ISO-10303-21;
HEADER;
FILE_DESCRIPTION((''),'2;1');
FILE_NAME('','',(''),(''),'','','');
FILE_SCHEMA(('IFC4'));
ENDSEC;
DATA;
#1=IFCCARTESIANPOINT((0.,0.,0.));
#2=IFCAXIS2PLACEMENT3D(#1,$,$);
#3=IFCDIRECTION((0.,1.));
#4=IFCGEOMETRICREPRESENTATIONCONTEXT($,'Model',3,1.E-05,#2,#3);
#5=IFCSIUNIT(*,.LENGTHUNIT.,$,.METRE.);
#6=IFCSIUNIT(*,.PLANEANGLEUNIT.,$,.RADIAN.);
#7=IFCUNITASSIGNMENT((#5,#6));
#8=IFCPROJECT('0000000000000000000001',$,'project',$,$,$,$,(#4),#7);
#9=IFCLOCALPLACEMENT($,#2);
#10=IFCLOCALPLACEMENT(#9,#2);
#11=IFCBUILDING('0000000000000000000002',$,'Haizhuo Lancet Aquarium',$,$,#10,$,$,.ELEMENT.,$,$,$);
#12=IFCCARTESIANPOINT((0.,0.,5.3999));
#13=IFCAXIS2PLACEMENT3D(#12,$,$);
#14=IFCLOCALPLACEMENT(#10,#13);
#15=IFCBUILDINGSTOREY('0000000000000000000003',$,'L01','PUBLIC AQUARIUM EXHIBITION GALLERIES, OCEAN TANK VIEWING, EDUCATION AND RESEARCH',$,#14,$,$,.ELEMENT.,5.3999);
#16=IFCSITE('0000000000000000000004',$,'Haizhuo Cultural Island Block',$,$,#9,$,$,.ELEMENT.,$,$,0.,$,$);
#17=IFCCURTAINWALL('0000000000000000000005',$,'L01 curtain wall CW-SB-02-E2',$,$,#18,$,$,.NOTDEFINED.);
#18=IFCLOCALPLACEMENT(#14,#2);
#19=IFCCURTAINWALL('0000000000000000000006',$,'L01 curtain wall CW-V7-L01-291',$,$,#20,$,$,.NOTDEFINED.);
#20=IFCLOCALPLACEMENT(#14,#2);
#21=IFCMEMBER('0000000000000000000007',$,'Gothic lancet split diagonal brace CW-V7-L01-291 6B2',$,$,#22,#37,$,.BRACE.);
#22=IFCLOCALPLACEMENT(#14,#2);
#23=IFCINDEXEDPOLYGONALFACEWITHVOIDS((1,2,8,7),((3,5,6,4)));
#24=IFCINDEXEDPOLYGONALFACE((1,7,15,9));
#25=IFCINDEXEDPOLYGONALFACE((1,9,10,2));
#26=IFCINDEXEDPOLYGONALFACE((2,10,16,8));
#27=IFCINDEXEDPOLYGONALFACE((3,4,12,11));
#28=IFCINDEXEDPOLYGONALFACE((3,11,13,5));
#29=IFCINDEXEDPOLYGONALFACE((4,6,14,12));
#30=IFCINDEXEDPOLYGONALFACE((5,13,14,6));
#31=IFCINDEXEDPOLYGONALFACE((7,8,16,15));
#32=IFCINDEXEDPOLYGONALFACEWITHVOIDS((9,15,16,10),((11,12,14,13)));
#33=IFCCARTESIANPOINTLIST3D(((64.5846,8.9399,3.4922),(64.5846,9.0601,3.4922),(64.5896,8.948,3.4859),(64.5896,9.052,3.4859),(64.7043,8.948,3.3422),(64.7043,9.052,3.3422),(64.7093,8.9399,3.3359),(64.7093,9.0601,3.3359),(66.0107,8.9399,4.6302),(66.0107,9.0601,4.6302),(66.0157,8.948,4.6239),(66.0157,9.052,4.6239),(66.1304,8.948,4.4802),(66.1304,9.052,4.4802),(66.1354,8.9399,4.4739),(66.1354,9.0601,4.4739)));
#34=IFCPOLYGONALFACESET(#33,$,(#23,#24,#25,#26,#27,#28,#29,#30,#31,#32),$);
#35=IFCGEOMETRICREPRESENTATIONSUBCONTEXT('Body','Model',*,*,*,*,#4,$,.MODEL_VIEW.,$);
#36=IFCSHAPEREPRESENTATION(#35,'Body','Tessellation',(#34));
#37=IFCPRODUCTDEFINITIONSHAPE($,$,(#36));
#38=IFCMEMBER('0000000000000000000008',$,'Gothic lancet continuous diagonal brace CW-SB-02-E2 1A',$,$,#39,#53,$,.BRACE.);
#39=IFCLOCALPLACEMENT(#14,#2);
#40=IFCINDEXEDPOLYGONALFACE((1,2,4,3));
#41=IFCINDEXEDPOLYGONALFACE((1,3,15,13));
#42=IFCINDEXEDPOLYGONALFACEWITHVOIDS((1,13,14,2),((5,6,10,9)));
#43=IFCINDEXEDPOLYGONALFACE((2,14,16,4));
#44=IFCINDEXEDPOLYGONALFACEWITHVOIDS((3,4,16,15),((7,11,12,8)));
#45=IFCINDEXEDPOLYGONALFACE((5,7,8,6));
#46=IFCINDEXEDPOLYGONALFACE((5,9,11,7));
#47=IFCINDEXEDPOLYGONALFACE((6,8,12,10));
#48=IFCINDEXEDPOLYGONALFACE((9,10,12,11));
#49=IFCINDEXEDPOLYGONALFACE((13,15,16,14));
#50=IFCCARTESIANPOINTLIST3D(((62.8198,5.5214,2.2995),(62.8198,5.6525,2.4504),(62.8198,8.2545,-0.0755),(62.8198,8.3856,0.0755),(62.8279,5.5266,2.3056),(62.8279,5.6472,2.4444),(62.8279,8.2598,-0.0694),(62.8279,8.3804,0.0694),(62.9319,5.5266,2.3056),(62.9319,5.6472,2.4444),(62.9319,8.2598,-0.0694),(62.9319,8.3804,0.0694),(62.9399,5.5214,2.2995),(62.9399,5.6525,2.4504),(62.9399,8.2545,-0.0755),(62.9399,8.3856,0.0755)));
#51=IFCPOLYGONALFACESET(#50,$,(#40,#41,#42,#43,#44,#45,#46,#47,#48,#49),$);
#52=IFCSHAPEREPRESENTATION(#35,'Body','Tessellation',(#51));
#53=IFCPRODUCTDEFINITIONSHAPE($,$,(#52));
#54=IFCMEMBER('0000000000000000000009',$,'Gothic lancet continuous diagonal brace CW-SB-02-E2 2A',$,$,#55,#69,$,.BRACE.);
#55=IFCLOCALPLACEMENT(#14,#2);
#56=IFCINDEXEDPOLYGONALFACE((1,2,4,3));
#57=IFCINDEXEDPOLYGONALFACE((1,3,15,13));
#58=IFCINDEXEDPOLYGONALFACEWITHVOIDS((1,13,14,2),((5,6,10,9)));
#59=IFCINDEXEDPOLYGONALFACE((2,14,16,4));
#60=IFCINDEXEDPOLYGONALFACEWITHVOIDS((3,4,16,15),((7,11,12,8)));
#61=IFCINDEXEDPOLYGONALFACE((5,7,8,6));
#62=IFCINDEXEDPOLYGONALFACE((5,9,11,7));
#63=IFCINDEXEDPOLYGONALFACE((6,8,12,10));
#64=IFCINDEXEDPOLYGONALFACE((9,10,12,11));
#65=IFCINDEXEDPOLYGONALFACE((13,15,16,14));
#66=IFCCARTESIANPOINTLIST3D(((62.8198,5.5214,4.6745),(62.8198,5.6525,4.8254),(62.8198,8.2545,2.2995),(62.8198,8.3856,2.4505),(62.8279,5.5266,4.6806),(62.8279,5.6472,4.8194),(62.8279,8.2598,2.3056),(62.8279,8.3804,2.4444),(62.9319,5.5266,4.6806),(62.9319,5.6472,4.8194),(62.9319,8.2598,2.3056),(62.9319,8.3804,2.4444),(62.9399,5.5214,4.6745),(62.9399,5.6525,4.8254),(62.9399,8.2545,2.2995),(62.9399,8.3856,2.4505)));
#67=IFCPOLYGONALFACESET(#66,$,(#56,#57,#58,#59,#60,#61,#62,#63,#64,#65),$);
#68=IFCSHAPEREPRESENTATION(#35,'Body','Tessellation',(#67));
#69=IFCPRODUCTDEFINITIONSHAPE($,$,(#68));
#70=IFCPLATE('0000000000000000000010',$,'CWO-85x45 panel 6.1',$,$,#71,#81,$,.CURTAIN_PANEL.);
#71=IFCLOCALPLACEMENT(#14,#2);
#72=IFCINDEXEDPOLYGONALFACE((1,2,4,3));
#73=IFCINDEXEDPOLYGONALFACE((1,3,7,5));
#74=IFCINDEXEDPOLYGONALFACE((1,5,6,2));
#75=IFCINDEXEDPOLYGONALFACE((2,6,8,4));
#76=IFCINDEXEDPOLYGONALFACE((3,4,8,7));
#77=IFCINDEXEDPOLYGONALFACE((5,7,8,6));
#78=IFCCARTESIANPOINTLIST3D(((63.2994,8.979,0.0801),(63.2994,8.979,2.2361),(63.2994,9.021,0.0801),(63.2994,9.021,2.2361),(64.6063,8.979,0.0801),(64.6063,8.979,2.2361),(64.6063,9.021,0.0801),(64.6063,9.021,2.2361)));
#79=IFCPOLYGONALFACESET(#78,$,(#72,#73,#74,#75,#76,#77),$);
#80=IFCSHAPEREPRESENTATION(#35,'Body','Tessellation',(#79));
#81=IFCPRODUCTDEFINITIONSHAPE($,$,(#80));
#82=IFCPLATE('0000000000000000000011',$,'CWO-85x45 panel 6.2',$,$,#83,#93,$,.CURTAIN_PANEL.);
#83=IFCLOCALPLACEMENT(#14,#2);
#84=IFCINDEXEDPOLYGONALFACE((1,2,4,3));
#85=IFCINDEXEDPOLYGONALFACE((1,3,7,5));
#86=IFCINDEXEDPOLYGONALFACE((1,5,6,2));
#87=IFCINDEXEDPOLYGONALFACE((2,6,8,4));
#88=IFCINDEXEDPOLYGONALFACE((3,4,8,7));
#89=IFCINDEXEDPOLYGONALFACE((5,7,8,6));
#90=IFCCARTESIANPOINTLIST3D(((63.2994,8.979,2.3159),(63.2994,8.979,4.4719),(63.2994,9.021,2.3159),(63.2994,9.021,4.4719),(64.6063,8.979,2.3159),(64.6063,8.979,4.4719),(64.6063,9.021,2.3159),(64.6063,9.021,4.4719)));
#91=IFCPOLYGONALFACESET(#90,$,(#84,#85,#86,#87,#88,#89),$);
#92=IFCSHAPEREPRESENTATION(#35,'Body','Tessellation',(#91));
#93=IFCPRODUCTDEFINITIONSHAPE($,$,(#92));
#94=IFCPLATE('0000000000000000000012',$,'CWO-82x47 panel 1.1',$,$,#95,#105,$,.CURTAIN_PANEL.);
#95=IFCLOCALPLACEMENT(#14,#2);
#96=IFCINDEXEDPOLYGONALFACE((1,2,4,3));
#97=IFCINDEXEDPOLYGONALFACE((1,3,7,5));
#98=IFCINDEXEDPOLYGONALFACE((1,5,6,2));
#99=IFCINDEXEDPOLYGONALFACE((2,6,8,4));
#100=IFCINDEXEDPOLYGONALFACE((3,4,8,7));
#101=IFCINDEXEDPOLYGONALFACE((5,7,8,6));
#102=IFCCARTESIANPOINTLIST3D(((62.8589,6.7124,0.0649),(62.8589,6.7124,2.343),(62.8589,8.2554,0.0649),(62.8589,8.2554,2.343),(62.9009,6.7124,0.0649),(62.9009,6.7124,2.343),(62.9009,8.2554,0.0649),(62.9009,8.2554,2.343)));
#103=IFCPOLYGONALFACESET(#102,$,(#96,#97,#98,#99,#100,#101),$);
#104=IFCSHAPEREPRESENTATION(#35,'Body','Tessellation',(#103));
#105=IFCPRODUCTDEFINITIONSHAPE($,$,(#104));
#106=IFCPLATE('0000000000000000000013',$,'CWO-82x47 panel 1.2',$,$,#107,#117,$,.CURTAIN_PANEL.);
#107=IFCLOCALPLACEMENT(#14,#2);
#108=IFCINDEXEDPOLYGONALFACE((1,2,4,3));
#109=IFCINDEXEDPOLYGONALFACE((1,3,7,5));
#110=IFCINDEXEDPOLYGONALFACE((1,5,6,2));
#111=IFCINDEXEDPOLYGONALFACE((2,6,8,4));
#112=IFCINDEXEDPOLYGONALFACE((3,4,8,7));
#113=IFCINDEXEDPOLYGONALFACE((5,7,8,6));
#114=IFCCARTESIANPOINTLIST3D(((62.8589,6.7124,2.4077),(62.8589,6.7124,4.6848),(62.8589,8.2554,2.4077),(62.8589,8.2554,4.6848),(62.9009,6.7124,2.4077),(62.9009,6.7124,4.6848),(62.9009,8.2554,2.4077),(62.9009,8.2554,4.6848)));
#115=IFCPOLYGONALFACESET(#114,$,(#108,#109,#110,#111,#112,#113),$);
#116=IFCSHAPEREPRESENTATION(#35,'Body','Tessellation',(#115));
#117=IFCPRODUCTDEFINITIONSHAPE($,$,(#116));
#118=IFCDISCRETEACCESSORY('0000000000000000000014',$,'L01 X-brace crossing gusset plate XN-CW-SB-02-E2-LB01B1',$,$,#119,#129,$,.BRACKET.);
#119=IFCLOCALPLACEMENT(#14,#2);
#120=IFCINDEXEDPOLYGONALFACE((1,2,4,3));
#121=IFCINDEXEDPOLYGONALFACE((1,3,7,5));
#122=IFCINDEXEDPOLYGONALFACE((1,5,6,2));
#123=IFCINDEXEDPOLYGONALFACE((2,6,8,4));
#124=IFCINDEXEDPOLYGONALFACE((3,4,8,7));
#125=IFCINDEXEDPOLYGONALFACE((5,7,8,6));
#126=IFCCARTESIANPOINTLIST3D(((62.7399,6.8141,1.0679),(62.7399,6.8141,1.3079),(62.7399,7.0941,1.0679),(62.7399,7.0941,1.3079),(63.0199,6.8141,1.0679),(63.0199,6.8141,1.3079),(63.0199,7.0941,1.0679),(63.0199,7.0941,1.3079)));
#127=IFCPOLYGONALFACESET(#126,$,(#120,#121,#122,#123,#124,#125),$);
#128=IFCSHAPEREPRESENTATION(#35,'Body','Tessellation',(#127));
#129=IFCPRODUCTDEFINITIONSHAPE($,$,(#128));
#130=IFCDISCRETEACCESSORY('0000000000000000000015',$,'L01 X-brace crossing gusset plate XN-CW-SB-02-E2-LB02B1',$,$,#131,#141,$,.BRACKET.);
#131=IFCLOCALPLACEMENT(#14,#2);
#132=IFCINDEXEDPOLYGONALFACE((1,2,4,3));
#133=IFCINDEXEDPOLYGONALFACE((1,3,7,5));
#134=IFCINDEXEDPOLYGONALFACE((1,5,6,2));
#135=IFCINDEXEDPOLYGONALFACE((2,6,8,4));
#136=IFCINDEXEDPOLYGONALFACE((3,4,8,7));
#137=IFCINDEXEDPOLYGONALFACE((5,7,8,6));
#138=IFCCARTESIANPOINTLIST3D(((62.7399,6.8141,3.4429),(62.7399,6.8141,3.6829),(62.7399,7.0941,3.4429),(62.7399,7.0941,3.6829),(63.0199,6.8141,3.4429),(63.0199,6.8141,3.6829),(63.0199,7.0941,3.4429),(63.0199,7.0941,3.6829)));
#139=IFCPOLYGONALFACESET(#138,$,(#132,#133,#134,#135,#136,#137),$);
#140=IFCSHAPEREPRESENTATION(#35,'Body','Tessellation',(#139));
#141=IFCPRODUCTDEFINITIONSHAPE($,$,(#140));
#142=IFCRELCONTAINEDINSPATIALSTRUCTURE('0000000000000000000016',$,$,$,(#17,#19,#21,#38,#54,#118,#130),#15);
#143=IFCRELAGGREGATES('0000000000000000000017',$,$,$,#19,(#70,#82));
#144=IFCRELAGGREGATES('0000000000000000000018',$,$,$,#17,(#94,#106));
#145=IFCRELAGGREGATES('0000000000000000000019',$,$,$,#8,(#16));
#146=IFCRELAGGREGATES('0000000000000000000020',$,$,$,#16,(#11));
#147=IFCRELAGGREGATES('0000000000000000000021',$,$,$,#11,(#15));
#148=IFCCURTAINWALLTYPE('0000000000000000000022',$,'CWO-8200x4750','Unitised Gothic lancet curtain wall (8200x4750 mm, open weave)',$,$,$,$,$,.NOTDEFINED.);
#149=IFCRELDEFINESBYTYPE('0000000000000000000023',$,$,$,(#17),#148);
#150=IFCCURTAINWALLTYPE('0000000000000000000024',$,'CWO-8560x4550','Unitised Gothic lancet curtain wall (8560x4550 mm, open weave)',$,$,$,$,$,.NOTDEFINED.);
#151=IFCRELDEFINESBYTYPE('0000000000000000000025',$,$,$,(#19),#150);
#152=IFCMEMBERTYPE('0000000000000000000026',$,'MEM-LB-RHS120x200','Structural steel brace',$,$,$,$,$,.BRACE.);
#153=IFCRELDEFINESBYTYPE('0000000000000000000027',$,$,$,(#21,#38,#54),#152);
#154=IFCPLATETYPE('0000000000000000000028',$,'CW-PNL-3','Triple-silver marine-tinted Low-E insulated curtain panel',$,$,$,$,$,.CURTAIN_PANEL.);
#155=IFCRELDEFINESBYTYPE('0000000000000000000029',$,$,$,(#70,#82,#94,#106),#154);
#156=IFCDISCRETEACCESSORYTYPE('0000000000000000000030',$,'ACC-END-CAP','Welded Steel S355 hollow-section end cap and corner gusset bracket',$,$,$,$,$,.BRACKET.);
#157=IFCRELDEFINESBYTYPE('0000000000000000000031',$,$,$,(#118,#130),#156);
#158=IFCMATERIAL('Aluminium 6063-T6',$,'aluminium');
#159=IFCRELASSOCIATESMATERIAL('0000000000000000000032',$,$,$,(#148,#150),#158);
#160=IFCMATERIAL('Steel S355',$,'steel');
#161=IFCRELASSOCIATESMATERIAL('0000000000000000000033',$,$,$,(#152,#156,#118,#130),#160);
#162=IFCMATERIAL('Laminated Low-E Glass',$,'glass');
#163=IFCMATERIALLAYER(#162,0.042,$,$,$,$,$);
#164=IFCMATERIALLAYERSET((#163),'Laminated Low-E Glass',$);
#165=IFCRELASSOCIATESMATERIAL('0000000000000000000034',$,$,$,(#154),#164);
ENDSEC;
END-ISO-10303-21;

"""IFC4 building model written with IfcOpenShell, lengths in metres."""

from ifc_helpers import new_model, si_unit, direction, frame, origin, origin_2d, place, context, subcontext, project, spatial, rectangle, hollow_rectangle, extrude, material, layer, layer_set, material_profile, profile_set, type_object, element, aggregate, save


model = new_model("IFC4")

# Units and contexts
model_context = context("Model", 3, precision=1e-05, world=origin(), true_north=direction((0.0, 1.0)))
body_context = subcontext(model_context, "Body", "Model", "MODEL_VIEW")
ifc_project = project(units=[si_unit("LENGTHUNIT", "METRE"), si_unit("PLANEANGLEUNIT", "RADIAN")], contexts=[model_context])

# Site, building, storey
site_placement = place(None, origin())
site = spatial("IfcSite", under=ifc_project, at=site_placement, Name="Haizhuo Cultural Island Block", CompositionType="ELEMENT", RefElevation=0.0)
building_placement = place(site_placement, origin())
building = spatial("IfcBuilding", under=site, at=building_placement, Name="Haizhuo Lancet Aquarium", CompositionType="ELEMENT")
storey_placement = place(building_placement, frame((0.0, 0.0, 5.3999)))
storey = spatial("IfcBuildingStorey", under=building, at=storey_placement, Name="L01", Description="PUBLIC AQUARIUM EXHIBITION GALLERIES, OCEAN TANK VIEWING, EDUCATION AND RESEARCH", CompositionType="ELEMENT", Elevation=5.3999)

# Shared definitions
ifc_material_1 = material(Name="Steel S355", Category="steel")

# Curtain wall
ifc_material_2 = material(Name="Aluminium 6063-T6", Category="aluminium")
curtain_wall_type_1 = type_object("IfcCurtainWallType", Name="CWO-8200x4750", Description="Unitised Gothic lancet curtain wall (8200x4750 mm, open weave)", PredefinedType="NOTDEFINED", material=ifc_material_2)
curtain_wall_1_placement = place(storey_placement, origin())
curtain_wall_1 = element("IfcCurtainWall", 1, at=curtain_wall_1_placement, inside=storey, type_object=curtain_wall_type_1, Name="L01 curtain wall CW-SB-02-E2", PredefinedType="NOTDEFINED")

# Curtain wall
curtain_wall_type_2 = type_object("IfcCurtainWallType", Name="CWO-8560x4550", Description="Unitised Gothic lancet curtain wall (8560x4550 mm, open weave)", PredefinedType="NOTDEFINED", material=ifc_material_2)
curtain_wall_2_placement = place(storey_placement, origin())
curtain_wall_2 = element("IfcCurtainWall", 2, at=curtain_wall_2_placement, inside=storey, type_object=curtain_wall_type_2, Name="L01 curtain wall CW-V7-L01-291", PredefinedType="NOTDEFINED")

# Members
ifc_material_profile_1 = material_profile(ifc_material_1, hollow_rectangle(XDim=0.1201, YDim=0.2, WallThickness=0.0081, at=origin_2d()), Name="RHS 120x200x8")
ifc_profile_set_1 = profile_set([ifc_material_profile_1], Name="Steel S355")
member_type_1 = type_object("IfcMemberType", Name="MEM-LB-RHS120x200", Description="Structural steel brace", PredefinedType="BRACE", material=ifc_profile_set_1)
member_1_placement = place(storey_placement, frame((64.647, 9.0, 3.4141), z_axis=(0.781638, 0.0, 0.623732), x_axis=(0.0, 1.0, 0.0)))
element("IfcMember", 3, at=member_1_placement, inside=storey, type_object=member_type_1, Name="Gothic lancet split diagonal brace CW-V7-L01-291 6B2", PredefinedType="BRACE", context=body_context, shape_type="SweptSolid", body=[
    extrude(hollow_rectangle(XDim=0.1201, YDim=0.2, WallThickness=0.0081, at=origin_2d()), origin(), (0.0, 0.0, 1.0), 1.8245),
])
for number, where, z_axis, x_axis, name in (
    (4, (62.8799, 8.3201, 0.0), (0.0, -0.754832, 0.655918), (1.0, 0.0, 0.0), "Gothic lancet continuous diagonal brace CW-SB-02-E2 1A"),
    (5, (62.8799, 8.3201, 2.375), (0.0, -0.754832, 0.655918), (1.0, 0.0, 0.0), "Gothic lancet continuous diagonal brace CW-SB-02-E2 2A"),
):
    element("IfcMember", number, at=place(storey_placement, frame(where, z_axis=z_axis, x_axis=x_axis)), inside=storey, type_object=member_type_1, Name=name, PredefinedType="BRACE", context=body_context, shape_type="SweptSolid", body=[
        extrude(hollow_rectangle(XDim=0.1201, YDim=0.2, WallThickness=0.0081, at=origin_2d()), origin(), (0.0, 0.0, 1.0), 3.6208),
    ])

# Plates
ifc_material_3 = material(Name="Laminated Low-E Glass", Category="glass")
ifc_layer = layer(ifc_material_3, 0.042)
ifc_layer_set = layer_set([ifc_layer], Name="Laminated Low-E Glass")
plate_type = type_object("IfcPlateType", Name="CW-PNL-3", Description="Triple-silver marine-tinted Low-E insulated curtain panel", PredefinedType="CURTAIN_PANEL", material=ifc_layer_set)
plate_1_placement = place(storey_placement, frame((63.9529, 9.0, 0.0801), z_axis=(0.0, 0.0, 1.0), x_axis=(-1.0, 0.0, 0.0)))
plate_1 = element("IfcPlate", 6, at=plate_1_placement, type_object=plate_type, Name="CWO-85x45 panel 6.1", PredefinedType="CURTAIN_PANEL", context=body_context, shape_type="SweptSolid", body=[
    extrude(rectangle(XDim=1.3069, YDim=0.042, at=origin_2d()), origin(), (0.0, 0.0, 1.0), 2.156),
])
plate_2_placement = place(storey_placement, frame((63.9529, 9.0, 2.3159), z_axis=(0.0, 0.0, 1.0), x_axis=(-1.0, 0.0, 0.0)))
plate_2 = element("IfcPlate", 7, at=plate_2_placement, type_object=plate_type, Name="CWO-85x45 panel 6.2", PredefinedType="CURTAIN_PANEL", context=body_context, shape_type="SweptSolid", body=[
    extrude(rectangle(XDim=1.3069, YDim=0.042, at=origin_2d()), origin(), (0.0, 0.0, 1.0), 2.156),
])
aggregate(curtain_wall_2, [plate_1, plate_2])
plate_3_placement = place(storey_placement, frame((62.8799, 7.4839, 0.0649), z_axis=(0.0, 0.0, 1.0), x_axis=(0.0, -1.0, 0.0)))
plate_3 = element("IfcPlate", 8, at=plate_3_placement, type_object=plate_type, Name="CWO-82x47 panel 1.1", PredefinedType="CURTAIN_PANEL", context=body_context, shape_type="SweptSolid", body=[
    extrude(rectangle(XDim=1.543, YDim=0.042, at=origin_2d()), origin(), (0.0, 0.0, 1.0), 2.2781),
])
plate_4_placement = place(storey_placement, frame((62.8799, 7.4839, 2.4077), z_axis=(0.0, 0.0, 1.0), x_axis=(0.0, -1.0, 0.0)))
plate_4 = element("IfcPlate", 9, at=plate_4_placement, type_object=plate_type, Name="CWO-82x47 panel 1.2", PredefinedType="CURTAIN_PANEL", context=body_context, shape_type="SweptSolid", body=[
    extrude(rectangle(XDim=1.543, YDim=0.042, at=origin_2d()), origin(), (0.0, 0.0, 1.0), 2.2771),
])
aggregate(curtain_wall_1, [plate_3, plate_4])

# Discrete accessories
discrete_accessory_type = type_object("IfcDiscreteAccessoryType", Name="ACC-END-CAP", Description="Welded Steel S355 hollow-section end cap and corner gusset bracket", PredefinedType="BRACKET", material=ifc_material_1)
for number, where, z_axis, x_axis, name in (
    (10, (62.8799, 6.9541, 1.0679), (0.0, 0.0, 1.0), (1.0, 0.0, 0.0), "L01 X-brace crossing gusset plate XN-CW-SB-02-E2-LB01B1"),
    (11, (62.8799, 6.9541, 3.4429), (0.0, 0.0, 1.0), (1.0, 0.0, 0.0), "L01 X-brace crossing gusset plate XN-CW-SB-02-E2-LB02B1"),
):
    element("IfcDiscreteAccessory", number, at=place(storey_placement, frame(where, z_axis=z_axis, x_axis=x_axis)), inside=storey, type_object=discrete_accessory_type, material=ifc_material_1, Name=name, PredefinedType="BRACKET", context=body_context, shape_type="SweptSolid", body=[
        extrude(rectangle(XDim=0.28, YDim=0.28, at=origin_2d()), origin(), (0.0, 0.0, 1.0), 0.24),
    ])

save(model, "model.ifc")
